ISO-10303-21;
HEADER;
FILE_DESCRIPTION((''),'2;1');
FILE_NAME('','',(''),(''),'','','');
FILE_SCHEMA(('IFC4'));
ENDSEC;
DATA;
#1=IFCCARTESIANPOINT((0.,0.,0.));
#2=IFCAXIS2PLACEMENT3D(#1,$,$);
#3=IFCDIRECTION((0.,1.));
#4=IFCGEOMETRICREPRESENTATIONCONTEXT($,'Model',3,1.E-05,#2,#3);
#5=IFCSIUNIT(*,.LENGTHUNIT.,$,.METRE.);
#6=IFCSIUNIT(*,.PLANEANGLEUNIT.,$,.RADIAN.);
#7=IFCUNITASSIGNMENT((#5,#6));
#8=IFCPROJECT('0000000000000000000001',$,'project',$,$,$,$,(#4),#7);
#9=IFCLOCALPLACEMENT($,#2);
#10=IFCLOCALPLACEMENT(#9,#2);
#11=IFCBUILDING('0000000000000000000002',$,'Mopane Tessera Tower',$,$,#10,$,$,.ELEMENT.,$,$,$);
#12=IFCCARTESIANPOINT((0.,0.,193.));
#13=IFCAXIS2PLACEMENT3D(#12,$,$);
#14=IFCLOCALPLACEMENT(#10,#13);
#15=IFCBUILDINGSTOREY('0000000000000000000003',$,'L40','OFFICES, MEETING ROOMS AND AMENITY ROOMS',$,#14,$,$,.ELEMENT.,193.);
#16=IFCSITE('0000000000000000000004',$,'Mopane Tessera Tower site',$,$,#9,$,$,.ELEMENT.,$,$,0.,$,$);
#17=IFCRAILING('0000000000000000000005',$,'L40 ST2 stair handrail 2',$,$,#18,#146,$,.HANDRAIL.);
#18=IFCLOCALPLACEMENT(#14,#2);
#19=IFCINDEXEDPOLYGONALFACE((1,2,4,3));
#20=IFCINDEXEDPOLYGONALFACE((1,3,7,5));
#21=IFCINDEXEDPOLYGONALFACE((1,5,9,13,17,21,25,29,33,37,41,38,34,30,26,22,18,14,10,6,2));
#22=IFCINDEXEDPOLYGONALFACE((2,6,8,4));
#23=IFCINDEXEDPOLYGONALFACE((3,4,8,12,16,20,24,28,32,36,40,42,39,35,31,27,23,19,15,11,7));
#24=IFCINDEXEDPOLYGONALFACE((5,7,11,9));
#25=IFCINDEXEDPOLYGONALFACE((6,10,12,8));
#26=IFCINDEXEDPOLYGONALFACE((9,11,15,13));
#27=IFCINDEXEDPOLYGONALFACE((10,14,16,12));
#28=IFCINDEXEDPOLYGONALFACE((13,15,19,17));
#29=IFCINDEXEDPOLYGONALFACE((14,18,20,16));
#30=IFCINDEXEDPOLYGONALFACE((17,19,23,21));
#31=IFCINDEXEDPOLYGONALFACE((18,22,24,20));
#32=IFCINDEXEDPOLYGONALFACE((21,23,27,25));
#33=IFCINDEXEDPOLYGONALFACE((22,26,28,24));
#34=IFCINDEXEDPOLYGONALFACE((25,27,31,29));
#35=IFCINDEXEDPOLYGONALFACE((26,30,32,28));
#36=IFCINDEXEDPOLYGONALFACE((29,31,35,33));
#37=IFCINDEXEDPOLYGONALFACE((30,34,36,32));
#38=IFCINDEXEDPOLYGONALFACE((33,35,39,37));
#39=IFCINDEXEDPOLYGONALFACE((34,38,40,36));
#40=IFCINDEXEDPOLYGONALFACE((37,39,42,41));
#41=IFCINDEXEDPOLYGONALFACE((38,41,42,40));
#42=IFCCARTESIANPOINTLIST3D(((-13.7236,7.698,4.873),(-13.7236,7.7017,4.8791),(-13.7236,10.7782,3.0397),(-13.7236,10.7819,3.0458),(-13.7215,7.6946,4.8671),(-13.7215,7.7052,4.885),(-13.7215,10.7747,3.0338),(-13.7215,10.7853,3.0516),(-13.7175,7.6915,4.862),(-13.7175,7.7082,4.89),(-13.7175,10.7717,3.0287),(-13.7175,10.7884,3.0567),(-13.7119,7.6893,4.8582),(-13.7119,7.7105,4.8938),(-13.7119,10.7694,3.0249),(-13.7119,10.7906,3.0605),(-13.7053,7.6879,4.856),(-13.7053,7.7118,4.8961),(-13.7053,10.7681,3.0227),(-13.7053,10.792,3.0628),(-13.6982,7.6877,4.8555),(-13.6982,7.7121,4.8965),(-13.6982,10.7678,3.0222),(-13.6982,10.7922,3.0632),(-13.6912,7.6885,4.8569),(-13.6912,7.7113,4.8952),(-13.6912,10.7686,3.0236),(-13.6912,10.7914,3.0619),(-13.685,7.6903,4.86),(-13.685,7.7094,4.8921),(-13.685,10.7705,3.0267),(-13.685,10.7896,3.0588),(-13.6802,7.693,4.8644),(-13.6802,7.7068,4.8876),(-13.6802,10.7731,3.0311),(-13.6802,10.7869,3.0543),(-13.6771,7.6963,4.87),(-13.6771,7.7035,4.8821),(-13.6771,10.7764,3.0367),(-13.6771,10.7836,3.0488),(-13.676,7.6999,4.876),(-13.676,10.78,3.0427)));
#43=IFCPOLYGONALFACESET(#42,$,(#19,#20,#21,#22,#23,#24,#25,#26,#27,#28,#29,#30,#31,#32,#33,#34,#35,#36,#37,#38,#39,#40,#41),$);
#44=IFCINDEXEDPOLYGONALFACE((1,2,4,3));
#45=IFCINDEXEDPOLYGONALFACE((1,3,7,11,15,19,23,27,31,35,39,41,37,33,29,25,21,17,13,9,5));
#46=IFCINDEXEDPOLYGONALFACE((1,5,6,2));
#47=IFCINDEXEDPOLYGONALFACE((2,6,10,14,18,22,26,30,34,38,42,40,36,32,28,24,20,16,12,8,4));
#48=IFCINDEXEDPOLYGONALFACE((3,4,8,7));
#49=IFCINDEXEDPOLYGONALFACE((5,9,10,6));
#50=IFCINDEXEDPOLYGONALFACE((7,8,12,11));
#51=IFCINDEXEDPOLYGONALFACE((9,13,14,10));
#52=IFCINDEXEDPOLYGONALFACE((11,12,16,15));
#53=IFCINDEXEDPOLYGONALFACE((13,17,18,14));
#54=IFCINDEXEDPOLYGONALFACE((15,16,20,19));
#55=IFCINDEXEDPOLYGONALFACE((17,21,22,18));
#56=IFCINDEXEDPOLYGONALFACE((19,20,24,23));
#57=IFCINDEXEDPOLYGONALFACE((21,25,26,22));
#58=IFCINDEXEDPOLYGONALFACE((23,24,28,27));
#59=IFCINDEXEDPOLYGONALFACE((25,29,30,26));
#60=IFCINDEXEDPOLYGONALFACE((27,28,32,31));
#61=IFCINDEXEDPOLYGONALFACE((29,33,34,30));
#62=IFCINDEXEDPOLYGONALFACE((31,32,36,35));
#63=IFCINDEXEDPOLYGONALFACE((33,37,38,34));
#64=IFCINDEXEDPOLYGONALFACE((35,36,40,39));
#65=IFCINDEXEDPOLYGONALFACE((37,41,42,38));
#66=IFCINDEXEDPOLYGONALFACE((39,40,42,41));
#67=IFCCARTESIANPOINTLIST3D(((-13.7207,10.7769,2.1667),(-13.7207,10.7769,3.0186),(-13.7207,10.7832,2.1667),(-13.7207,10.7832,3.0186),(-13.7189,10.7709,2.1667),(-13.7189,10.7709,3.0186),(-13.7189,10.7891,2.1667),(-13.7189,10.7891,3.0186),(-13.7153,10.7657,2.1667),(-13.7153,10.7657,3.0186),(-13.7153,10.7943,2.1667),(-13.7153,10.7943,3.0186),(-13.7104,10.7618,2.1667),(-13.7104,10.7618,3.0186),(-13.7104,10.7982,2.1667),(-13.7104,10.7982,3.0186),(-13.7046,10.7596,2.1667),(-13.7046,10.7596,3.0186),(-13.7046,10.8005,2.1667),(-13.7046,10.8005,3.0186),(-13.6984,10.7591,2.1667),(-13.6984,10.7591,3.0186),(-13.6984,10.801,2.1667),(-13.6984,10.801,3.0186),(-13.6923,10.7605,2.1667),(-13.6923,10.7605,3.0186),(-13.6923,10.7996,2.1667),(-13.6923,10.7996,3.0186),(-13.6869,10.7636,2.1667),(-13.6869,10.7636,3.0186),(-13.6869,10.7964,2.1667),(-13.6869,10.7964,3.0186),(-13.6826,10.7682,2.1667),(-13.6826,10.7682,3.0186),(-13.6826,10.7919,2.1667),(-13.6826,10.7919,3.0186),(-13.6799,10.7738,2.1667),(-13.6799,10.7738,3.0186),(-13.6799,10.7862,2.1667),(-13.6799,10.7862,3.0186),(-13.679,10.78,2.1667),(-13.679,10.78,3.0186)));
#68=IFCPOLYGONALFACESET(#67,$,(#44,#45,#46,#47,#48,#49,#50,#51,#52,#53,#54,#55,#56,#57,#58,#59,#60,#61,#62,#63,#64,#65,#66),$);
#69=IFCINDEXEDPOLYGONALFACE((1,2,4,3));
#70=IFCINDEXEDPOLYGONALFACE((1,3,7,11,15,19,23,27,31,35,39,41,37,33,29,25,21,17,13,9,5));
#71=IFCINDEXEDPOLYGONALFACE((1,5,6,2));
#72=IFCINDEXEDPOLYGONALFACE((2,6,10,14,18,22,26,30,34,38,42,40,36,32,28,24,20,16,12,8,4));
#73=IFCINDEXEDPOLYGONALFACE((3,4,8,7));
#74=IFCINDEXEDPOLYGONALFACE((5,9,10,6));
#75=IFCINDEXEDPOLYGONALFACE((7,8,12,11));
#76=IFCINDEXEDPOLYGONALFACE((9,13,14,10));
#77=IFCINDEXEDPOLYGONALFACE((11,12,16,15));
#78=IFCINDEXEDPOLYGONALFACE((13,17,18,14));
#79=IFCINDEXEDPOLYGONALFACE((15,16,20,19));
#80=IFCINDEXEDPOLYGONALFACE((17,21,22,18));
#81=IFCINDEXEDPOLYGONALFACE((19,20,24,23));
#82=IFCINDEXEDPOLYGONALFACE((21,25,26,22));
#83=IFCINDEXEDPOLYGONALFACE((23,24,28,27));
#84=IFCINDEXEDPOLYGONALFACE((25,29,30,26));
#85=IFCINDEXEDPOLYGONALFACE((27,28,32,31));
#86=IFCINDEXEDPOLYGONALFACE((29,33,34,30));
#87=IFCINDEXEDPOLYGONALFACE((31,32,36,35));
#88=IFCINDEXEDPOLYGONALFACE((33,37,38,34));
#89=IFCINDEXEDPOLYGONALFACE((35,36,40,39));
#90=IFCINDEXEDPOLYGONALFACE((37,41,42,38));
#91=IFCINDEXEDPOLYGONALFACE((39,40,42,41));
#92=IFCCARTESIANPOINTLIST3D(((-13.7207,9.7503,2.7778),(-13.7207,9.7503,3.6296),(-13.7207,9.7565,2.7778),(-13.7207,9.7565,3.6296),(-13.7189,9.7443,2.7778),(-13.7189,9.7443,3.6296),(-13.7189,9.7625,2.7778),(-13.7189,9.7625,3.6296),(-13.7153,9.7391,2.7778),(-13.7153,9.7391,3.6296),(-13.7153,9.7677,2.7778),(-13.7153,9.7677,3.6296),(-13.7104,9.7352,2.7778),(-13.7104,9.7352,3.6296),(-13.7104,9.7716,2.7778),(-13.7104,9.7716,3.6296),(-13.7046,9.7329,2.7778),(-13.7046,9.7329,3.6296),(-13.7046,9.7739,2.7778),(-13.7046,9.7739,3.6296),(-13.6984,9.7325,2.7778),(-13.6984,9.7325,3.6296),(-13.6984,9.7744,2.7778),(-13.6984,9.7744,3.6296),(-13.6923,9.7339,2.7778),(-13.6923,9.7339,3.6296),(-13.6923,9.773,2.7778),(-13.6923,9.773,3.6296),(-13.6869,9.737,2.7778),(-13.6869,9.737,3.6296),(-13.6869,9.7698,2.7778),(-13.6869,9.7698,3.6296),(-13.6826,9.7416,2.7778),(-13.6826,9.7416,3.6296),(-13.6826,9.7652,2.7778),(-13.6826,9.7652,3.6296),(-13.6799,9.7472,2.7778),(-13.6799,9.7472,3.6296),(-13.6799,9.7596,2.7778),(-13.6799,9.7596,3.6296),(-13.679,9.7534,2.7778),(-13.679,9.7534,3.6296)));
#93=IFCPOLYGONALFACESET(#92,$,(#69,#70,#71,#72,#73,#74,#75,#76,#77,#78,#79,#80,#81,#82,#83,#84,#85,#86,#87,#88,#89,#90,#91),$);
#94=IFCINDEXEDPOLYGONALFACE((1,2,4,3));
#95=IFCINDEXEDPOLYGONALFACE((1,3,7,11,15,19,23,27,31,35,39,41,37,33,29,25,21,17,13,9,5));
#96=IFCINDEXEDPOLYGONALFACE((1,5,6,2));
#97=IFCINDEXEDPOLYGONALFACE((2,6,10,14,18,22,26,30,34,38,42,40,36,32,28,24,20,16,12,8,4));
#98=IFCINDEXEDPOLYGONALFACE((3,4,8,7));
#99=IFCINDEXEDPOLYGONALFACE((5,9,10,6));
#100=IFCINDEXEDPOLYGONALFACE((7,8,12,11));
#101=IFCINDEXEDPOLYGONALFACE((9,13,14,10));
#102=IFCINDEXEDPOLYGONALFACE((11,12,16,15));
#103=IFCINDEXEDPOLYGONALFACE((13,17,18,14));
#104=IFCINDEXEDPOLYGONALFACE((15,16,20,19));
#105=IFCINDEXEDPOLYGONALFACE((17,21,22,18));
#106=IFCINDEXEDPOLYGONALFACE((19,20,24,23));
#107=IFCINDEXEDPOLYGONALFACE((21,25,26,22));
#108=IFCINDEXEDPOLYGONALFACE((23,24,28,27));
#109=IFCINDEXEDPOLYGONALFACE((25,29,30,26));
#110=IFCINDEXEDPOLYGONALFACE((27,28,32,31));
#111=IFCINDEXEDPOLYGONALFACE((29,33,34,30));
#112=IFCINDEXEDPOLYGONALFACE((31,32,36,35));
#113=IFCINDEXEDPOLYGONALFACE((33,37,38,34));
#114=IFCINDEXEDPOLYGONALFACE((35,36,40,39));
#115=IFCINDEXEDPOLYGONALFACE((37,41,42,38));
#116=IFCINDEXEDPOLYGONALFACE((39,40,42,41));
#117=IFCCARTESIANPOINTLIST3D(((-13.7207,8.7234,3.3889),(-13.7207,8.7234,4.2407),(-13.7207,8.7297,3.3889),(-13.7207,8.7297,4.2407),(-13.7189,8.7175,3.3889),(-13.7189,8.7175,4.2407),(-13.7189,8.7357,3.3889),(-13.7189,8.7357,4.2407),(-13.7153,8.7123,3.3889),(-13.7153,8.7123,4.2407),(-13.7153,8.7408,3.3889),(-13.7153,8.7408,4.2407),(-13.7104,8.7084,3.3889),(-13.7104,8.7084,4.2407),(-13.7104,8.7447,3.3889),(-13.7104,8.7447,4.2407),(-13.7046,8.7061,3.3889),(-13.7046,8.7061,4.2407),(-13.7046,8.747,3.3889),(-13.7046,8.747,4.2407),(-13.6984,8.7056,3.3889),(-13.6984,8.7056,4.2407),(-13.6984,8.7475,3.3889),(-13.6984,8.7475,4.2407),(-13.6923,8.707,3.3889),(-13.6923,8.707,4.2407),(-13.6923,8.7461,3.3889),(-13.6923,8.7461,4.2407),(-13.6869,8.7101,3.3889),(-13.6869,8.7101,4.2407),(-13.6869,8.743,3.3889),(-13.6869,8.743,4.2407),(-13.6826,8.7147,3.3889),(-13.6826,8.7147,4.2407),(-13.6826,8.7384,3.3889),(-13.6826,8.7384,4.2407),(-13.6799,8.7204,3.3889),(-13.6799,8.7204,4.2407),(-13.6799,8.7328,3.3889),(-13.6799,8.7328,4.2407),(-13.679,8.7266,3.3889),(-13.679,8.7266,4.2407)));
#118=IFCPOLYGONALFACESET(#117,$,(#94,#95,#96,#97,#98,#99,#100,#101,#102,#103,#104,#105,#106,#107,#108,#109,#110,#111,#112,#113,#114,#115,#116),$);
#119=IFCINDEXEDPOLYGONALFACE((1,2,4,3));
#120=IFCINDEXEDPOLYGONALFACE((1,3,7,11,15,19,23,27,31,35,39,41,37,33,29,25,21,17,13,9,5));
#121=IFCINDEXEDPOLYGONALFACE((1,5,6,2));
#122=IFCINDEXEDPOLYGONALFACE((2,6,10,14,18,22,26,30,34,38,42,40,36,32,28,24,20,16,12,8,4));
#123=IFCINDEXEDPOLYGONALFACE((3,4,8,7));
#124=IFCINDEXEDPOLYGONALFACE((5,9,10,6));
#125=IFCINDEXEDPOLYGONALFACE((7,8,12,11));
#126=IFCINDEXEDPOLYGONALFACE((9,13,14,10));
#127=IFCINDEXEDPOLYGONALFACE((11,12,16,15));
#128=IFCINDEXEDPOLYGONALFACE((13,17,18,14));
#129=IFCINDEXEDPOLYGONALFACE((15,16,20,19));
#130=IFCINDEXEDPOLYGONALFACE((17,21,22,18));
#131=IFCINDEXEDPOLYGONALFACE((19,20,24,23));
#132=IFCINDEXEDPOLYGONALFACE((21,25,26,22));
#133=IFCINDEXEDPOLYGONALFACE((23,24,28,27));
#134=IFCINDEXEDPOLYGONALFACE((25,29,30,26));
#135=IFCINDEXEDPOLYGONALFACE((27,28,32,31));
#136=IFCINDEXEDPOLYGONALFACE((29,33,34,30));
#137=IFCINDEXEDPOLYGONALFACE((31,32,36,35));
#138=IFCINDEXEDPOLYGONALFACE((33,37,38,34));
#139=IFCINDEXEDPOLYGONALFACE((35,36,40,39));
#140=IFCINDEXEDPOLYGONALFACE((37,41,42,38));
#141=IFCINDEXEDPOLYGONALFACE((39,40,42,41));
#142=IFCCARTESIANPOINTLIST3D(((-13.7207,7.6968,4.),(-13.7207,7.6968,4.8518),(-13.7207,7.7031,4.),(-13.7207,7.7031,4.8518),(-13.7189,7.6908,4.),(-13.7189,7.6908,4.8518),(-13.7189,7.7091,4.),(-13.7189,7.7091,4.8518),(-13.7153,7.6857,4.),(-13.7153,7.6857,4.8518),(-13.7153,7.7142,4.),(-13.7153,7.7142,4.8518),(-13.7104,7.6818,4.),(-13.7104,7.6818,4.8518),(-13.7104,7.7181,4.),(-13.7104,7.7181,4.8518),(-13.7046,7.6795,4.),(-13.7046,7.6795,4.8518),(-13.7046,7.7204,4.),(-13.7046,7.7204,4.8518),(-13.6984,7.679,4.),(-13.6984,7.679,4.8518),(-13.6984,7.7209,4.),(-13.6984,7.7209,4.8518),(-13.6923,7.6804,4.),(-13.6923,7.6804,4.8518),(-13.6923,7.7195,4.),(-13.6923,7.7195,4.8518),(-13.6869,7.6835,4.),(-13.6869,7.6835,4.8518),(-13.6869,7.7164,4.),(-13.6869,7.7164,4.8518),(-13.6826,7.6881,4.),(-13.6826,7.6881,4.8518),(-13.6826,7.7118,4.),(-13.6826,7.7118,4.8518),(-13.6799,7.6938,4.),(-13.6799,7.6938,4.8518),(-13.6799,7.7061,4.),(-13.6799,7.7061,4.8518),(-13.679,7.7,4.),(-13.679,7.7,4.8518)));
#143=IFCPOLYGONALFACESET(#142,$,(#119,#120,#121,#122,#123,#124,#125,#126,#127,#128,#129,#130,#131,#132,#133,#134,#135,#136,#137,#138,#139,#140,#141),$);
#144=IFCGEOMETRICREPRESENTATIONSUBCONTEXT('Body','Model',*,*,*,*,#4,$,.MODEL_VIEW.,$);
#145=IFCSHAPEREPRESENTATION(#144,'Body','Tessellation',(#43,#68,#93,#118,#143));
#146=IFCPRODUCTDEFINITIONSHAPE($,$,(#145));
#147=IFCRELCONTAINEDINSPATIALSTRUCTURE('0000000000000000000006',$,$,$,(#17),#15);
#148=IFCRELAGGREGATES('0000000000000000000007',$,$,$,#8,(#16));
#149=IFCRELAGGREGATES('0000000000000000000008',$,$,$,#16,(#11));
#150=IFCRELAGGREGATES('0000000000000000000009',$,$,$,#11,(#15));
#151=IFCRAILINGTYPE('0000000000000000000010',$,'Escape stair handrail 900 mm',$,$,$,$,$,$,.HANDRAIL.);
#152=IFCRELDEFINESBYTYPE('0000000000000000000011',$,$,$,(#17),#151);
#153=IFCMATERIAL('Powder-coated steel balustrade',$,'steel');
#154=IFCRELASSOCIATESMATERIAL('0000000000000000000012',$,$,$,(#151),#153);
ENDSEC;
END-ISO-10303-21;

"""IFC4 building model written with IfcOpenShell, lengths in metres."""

from ifc_helpers import new_model, si_unit, direction, frame, origin, origin_2d, place, context, subcontext, project, spatial, circle, extrude, material, type_object, element, save


model = new_model("IFC4")

# Units and contexts
model_context = context("Model", 3, precision=1e-05, world=origin(), true_north=direction((0.0, 1.0)))
body_context = subcontext(model_context, "Body", "Model", "MODEL_VIEW")
ifc_project = project(units=[si_unit("LENGTHUNIT", "METRE"), si_unit("PLANEANGLEUNIT", "RADIAN")], contexts=[model_context])

# Site, building, storey
site_placement = place(None, origin())
site = spatial("IfcSite", under=ifc_project, at=site_placement, Name="Mopane Tessera Tower site", CompositionType="ELEMENT", RefElevation=0.0)
building_placement = place(site_placement, origin())
building = spatial("IfcBuilding", under=site, at=building_placement, Name="Mopane Tessera Tower", CompositionType="ELEMENT")
storey_placement = place(building_placement, frame((0.0, 0.0, 193.0)))
storey = spatial("IfcBuildingStorey", under=building, at=storey_placement, Name="L40", Description="OFFICES, MEETING ROOMS AND AMENITY ROOMS", CompositionType="ELEMENT", Elevation=193.0)

# Railing
ifc_material_1 = material(Name="Powder-coated steel balustrade", Category="steel")
railing_type_1 = type_object("IfcRailingType", Name="Escape stair handrail 900 mm", PredefinedType="HANDRAIL", material=ifc_material_1)
railing_1_placement = place(storey_placement, frame((-13.7, 10.78, 2.1667)))
element("IfcRailing", 1, at=railing_1_placement, inside=storey, type_object=railing_type_1, Name="L40 ST2 stair handrail 2", PredefinedType="HANDRAIL", context=body_context, shape_type="SweptSolid", body=[
    extrude(circle(Radius=0.0239, at=origin_2d()), frame((0.0, 0.0, 0.876), z_axis=(0.0, -0.859309, 0.511458), x_axis=(1.0, 0.0, 0.0)), (0.0, 0.0, 1.0), 3.5845),
    extrude(circle(Radius=0.021, at=origin_2d()), origin(), (0.0, 0.0, 1.0), 0.8518),
    extrude(circle(Radius=0.021, at=origin_2d()), frame((0.0, -1.0266, 0.6111)), (0.0, 0.0, 1.0), 0.8518),
    extrude(circle(Radius=0.021, at=origin_2d()), frame((0.0, -2.0535, 1.2222)), (0.0, 0.0, 1.0), 0.8518),
    extrude(circle(Radius=0.021, at=origin_2d()), frame((0.0, -3.0801, 1.8333)), (0.0, 0.0, 1.0), 0.8518),
])

save(model, "model.ifc")
